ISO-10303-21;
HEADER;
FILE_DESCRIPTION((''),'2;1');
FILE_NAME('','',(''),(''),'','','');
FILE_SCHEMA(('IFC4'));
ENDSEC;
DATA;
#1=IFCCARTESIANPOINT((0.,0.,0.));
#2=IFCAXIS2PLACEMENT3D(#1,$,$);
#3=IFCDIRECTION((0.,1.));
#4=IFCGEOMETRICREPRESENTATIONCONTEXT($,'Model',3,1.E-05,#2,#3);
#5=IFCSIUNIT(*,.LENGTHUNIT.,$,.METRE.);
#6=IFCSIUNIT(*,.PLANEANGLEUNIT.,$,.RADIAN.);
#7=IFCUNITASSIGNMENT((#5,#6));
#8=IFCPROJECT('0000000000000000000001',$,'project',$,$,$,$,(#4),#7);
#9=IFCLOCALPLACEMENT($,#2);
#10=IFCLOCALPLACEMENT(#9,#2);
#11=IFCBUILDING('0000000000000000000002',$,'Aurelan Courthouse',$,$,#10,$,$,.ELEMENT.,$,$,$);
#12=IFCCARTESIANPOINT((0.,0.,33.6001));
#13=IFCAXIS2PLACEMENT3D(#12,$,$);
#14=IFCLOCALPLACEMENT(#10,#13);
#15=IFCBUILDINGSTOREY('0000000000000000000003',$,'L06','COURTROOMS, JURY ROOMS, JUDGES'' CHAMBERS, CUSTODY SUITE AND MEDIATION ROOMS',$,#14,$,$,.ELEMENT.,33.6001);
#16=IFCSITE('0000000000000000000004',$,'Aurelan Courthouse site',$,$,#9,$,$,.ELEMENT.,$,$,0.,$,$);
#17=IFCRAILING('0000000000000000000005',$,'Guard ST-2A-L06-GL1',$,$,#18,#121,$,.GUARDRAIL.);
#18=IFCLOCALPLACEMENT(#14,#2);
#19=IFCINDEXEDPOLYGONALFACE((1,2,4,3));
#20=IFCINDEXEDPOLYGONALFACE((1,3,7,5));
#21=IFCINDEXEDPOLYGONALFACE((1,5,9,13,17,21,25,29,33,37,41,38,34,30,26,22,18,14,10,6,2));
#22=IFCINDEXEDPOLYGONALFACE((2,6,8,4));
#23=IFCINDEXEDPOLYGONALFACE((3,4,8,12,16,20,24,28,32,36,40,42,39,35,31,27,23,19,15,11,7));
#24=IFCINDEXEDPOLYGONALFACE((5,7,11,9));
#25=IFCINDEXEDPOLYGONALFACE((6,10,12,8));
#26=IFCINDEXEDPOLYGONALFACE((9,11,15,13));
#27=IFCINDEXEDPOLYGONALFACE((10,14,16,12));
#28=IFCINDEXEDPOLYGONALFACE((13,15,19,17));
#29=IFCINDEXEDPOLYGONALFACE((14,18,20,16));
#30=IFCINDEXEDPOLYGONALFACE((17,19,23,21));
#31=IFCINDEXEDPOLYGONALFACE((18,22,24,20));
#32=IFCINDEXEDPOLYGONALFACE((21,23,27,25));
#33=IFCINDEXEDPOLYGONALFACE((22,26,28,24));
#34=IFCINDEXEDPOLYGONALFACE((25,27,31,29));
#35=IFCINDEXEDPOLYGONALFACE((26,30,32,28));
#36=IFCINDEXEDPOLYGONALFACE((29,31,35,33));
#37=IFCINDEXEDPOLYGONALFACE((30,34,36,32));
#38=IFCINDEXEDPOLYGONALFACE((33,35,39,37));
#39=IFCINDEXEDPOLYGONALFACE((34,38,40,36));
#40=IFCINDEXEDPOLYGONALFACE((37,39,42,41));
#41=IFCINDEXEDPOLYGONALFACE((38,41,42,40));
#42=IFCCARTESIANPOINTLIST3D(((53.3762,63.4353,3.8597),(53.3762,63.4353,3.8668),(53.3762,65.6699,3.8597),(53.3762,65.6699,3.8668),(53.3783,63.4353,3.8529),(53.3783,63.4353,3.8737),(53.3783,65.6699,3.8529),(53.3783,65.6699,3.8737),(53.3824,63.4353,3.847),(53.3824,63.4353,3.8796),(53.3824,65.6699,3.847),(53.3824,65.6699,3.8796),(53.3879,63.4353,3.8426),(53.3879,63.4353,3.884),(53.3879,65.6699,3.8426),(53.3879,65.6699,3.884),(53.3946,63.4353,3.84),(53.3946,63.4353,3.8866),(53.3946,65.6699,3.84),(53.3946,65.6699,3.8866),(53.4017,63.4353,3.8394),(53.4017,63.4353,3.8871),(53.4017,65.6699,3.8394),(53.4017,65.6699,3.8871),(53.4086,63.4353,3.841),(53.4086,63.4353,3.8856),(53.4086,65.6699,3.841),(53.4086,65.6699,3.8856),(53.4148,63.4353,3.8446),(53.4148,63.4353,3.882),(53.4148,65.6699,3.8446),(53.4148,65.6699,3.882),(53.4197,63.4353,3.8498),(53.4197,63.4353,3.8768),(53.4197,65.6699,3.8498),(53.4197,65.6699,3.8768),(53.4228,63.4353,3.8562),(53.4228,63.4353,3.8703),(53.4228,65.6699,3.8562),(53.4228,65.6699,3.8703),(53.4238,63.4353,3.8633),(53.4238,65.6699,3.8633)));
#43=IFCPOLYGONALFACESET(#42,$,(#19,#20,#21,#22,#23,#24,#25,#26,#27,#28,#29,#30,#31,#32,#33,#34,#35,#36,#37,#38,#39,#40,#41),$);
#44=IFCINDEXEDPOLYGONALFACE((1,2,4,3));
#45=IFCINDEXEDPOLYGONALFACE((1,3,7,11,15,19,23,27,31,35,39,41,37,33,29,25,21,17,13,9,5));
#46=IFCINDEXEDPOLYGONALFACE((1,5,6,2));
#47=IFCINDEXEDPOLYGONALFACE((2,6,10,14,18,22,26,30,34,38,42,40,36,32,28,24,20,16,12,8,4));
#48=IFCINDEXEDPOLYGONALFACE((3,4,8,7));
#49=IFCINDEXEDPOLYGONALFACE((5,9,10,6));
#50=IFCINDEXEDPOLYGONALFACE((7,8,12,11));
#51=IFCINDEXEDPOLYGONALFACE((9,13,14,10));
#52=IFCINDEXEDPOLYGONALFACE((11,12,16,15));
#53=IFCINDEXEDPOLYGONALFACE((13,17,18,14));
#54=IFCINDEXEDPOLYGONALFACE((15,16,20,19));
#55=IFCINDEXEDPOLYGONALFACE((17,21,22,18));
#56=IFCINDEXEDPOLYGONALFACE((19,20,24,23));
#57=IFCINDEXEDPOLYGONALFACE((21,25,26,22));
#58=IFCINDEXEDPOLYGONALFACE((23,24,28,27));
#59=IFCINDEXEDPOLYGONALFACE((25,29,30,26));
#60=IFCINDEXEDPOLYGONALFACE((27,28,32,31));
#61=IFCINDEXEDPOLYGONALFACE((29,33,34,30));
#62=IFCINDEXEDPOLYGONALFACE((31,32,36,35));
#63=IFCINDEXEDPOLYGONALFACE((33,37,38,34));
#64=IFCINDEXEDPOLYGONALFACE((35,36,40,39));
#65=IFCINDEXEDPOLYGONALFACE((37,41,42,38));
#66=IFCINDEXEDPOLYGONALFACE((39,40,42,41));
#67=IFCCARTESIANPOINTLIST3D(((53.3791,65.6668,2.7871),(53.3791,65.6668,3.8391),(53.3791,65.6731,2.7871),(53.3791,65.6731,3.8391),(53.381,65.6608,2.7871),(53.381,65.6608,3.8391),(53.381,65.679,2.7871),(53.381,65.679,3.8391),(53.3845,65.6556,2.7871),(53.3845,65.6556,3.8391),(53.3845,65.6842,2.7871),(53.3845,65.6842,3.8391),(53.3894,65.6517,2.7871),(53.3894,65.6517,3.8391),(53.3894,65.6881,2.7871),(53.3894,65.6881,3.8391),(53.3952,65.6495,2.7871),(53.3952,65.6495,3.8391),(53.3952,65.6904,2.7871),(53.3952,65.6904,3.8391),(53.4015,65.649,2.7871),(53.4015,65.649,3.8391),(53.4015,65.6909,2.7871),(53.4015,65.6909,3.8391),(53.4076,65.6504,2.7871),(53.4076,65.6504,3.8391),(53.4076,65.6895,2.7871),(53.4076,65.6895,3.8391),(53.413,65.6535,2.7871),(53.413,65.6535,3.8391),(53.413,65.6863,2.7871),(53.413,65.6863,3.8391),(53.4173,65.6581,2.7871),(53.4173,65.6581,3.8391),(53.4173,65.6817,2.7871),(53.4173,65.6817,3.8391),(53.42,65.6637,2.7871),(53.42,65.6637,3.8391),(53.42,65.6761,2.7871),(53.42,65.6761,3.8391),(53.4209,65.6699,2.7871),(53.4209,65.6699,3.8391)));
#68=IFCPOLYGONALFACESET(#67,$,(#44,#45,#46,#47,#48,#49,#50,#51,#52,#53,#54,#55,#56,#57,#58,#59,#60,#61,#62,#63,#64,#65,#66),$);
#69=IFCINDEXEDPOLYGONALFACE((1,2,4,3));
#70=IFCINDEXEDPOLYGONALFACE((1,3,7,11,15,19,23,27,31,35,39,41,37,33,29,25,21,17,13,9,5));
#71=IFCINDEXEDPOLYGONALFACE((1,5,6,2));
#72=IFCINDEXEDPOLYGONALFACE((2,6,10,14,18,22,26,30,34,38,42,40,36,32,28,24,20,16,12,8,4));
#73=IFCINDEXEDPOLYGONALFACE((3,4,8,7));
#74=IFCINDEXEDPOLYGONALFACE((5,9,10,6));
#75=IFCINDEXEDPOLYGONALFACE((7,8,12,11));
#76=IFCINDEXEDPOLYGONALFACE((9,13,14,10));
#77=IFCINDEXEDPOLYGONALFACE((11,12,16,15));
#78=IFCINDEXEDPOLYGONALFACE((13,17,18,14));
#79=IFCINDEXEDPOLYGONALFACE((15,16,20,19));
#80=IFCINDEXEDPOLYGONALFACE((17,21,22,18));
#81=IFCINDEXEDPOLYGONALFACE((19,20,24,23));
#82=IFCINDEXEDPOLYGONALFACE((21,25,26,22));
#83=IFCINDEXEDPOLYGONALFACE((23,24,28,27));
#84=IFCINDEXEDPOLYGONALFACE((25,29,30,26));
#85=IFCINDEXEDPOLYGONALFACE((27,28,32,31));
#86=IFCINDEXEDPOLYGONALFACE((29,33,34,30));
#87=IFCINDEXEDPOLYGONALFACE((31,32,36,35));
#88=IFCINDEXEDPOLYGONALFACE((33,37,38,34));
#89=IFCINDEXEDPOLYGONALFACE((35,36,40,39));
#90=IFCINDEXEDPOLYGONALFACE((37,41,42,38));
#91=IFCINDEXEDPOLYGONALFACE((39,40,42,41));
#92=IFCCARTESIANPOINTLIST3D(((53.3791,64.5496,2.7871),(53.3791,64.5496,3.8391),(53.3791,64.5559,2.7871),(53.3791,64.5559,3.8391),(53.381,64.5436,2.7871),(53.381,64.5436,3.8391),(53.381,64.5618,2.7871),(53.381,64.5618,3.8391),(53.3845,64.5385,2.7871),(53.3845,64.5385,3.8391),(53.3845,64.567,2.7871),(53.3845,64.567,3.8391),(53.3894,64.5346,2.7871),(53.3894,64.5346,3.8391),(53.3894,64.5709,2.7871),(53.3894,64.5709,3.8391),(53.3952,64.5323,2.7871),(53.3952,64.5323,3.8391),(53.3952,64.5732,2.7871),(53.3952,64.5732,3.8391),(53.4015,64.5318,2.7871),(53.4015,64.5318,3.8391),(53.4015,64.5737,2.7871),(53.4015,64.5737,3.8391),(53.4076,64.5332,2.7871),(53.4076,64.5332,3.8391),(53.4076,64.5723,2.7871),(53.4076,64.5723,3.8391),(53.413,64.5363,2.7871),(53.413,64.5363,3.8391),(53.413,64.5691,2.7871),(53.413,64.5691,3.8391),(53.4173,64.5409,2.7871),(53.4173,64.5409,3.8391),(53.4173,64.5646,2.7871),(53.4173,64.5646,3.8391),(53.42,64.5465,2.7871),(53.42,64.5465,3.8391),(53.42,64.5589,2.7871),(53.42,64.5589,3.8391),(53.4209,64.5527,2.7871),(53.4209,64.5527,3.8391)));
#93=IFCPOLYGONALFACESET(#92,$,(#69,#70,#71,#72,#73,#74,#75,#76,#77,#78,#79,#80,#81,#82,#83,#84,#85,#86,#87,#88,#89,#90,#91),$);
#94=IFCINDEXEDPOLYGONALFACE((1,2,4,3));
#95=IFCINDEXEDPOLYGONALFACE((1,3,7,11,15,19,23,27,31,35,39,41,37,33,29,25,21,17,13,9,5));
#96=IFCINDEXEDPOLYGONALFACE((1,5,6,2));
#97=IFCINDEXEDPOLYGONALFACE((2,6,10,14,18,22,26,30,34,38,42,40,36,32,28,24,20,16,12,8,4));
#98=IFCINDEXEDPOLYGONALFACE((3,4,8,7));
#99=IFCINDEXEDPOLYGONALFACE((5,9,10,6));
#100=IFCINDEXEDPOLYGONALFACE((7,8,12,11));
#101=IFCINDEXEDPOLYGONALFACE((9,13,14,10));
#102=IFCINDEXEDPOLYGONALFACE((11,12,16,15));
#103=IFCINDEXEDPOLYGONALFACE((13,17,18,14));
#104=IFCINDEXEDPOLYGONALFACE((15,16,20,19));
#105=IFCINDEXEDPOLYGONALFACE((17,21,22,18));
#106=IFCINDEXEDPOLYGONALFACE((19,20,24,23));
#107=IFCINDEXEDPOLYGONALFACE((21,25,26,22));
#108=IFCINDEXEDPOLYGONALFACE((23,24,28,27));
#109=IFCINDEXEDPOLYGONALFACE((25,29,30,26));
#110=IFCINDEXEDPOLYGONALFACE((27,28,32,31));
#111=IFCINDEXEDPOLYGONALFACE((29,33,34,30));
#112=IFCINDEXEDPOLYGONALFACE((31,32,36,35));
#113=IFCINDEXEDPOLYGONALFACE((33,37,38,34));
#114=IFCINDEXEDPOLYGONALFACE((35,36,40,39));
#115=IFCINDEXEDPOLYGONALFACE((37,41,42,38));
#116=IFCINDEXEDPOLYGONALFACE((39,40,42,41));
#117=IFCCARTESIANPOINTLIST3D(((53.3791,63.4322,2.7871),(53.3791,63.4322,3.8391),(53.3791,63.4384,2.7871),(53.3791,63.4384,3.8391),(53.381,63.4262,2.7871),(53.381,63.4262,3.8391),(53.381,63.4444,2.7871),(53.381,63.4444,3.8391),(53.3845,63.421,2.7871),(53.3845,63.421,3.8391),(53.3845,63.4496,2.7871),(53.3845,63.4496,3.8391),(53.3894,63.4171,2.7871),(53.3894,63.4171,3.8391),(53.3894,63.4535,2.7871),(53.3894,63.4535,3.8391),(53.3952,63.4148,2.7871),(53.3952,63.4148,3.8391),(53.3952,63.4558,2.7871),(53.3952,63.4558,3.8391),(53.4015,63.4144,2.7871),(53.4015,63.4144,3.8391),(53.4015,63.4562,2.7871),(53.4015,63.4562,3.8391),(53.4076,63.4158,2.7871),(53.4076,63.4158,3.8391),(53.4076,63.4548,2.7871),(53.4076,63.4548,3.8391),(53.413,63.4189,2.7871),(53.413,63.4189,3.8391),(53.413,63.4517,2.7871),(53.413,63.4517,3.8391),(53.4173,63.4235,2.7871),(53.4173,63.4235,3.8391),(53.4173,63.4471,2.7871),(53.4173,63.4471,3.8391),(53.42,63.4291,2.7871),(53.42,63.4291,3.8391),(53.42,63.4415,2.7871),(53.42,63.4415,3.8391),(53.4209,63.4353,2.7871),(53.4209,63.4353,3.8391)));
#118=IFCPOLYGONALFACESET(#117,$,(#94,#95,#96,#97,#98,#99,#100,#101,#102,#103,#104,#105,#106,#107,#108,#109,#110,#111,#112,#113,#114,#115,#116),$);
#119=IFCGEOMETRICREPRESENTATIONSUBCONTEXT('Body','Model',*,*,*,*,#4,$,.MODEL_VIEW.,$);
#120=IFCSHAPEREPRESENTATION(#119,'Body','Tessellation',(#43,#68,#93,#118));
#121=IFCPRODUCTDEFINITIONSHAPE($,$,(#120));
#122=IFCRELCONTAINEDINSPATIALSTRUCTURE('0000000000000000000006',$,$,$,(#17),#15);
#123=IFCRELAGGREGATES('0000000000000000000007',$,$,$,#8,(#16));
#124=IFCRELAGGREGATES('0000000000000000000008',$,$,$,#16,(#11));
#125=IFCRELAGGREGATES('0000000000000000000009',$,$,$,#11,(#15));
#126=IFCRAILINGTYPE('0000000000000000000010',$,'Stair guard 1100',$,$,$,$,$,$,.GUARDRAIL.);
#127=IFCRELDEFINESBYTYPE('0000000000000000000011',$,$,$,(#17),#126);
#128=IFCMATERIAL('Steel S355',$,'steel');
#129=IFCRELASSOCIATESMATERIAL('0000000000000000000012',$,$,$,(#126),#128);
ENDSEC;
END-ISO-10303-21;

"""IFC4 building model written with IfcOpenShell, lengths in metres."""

from ifc_helpers import new_model, si_unit, direction, frame, origin, origin_2d, place, context, subcontext, project, spatial, circle, extrude, material, type_object, element, save


model = new_model("IFC4")

# Units and contexts
model_context = context("Model", 3, precision=1e-05, world=origin(), true_north=direction((0.0, 1.0)))
body_context = subcontext(model_context, "Body", "Model", "MODEL_VIEW")
ifc_project = project(units=[si_unit("LENGTHUNIT", "METRE"), si_unit("PLANEANGLEUNIT", "RADIAN")], contexts=[model_context])

# Site, building, storey
site_placement = place(None, origin())
site = spatial("IfcSite", under=ifc_project, at=site_placement, Name="Aurelan Courthouse site", CompositionType="ELEMENT", RefElevation=0.0)
building_placement = place(site_placement, origin())
building = spatial("IfcBuilding", under=site, at=building_placement, Name="Aurelan Courthouse", CompositionType="ELEMENT")
storey_placement = place(building_placement, frame((0.0, 0.0, 33.6001)))
storey = spatial("IfcBuildingStorey", under=building, at=storey_placement, Name="L06", Description="COURTROOMS, JURY ROOMS, JUDGES' CHAMBERS, CUSTODY SUITE AND MEDIATION ROOMS", CompositionType="ELEMENT", Elevation=33.6001)

# Railing
ifc_material_1 = material(Name="Steel S355", Category="steel")
railing_type_1 = type_object("IfcRailingType", Name="Stair guard 1100", PredefinedType="GUARDRAIL", material=ifc_material_1)
railing_1_placement = place(storey_placement, frame((53.3999, 65.6699, 2.7871)))
element("IfcRailing", 1, at=railing_1_placement, inside=storey, type_object=railing_type_1, Name="Guard ST-2A-L06-GL1", PredefinedType="GUARDRAIL", context=body_context, shape_type="SweptSolid", body=[
    extrude(circle(Radius=0.0239, at=origin_2d()), frame((0.0, 0.0, 1.0762), z_axis=(0.0, -1.0, 0.0), x_axis=(1.0, 0.0, 0.0)), (0.0, 0.0, 1.0), 2.2346),
    extrude(circle(Radius=0.021, at=origin_2d()), origin(), (0.0, 0.0, 1.0), 1.052),
    extrude(circle(Radius=0.021, at=origin_2d()), frame((0.0, -1.1172, 0.0)), (0.0, 0.0, 1.0), 1.052),
    extrude(circle(Radius=0.021, at=origin_2d()), frame((0.0, -2.2346, 0.0)), (0.0, 0.0, 1.0), 1.052),
])

save(model, "model.ifc")
